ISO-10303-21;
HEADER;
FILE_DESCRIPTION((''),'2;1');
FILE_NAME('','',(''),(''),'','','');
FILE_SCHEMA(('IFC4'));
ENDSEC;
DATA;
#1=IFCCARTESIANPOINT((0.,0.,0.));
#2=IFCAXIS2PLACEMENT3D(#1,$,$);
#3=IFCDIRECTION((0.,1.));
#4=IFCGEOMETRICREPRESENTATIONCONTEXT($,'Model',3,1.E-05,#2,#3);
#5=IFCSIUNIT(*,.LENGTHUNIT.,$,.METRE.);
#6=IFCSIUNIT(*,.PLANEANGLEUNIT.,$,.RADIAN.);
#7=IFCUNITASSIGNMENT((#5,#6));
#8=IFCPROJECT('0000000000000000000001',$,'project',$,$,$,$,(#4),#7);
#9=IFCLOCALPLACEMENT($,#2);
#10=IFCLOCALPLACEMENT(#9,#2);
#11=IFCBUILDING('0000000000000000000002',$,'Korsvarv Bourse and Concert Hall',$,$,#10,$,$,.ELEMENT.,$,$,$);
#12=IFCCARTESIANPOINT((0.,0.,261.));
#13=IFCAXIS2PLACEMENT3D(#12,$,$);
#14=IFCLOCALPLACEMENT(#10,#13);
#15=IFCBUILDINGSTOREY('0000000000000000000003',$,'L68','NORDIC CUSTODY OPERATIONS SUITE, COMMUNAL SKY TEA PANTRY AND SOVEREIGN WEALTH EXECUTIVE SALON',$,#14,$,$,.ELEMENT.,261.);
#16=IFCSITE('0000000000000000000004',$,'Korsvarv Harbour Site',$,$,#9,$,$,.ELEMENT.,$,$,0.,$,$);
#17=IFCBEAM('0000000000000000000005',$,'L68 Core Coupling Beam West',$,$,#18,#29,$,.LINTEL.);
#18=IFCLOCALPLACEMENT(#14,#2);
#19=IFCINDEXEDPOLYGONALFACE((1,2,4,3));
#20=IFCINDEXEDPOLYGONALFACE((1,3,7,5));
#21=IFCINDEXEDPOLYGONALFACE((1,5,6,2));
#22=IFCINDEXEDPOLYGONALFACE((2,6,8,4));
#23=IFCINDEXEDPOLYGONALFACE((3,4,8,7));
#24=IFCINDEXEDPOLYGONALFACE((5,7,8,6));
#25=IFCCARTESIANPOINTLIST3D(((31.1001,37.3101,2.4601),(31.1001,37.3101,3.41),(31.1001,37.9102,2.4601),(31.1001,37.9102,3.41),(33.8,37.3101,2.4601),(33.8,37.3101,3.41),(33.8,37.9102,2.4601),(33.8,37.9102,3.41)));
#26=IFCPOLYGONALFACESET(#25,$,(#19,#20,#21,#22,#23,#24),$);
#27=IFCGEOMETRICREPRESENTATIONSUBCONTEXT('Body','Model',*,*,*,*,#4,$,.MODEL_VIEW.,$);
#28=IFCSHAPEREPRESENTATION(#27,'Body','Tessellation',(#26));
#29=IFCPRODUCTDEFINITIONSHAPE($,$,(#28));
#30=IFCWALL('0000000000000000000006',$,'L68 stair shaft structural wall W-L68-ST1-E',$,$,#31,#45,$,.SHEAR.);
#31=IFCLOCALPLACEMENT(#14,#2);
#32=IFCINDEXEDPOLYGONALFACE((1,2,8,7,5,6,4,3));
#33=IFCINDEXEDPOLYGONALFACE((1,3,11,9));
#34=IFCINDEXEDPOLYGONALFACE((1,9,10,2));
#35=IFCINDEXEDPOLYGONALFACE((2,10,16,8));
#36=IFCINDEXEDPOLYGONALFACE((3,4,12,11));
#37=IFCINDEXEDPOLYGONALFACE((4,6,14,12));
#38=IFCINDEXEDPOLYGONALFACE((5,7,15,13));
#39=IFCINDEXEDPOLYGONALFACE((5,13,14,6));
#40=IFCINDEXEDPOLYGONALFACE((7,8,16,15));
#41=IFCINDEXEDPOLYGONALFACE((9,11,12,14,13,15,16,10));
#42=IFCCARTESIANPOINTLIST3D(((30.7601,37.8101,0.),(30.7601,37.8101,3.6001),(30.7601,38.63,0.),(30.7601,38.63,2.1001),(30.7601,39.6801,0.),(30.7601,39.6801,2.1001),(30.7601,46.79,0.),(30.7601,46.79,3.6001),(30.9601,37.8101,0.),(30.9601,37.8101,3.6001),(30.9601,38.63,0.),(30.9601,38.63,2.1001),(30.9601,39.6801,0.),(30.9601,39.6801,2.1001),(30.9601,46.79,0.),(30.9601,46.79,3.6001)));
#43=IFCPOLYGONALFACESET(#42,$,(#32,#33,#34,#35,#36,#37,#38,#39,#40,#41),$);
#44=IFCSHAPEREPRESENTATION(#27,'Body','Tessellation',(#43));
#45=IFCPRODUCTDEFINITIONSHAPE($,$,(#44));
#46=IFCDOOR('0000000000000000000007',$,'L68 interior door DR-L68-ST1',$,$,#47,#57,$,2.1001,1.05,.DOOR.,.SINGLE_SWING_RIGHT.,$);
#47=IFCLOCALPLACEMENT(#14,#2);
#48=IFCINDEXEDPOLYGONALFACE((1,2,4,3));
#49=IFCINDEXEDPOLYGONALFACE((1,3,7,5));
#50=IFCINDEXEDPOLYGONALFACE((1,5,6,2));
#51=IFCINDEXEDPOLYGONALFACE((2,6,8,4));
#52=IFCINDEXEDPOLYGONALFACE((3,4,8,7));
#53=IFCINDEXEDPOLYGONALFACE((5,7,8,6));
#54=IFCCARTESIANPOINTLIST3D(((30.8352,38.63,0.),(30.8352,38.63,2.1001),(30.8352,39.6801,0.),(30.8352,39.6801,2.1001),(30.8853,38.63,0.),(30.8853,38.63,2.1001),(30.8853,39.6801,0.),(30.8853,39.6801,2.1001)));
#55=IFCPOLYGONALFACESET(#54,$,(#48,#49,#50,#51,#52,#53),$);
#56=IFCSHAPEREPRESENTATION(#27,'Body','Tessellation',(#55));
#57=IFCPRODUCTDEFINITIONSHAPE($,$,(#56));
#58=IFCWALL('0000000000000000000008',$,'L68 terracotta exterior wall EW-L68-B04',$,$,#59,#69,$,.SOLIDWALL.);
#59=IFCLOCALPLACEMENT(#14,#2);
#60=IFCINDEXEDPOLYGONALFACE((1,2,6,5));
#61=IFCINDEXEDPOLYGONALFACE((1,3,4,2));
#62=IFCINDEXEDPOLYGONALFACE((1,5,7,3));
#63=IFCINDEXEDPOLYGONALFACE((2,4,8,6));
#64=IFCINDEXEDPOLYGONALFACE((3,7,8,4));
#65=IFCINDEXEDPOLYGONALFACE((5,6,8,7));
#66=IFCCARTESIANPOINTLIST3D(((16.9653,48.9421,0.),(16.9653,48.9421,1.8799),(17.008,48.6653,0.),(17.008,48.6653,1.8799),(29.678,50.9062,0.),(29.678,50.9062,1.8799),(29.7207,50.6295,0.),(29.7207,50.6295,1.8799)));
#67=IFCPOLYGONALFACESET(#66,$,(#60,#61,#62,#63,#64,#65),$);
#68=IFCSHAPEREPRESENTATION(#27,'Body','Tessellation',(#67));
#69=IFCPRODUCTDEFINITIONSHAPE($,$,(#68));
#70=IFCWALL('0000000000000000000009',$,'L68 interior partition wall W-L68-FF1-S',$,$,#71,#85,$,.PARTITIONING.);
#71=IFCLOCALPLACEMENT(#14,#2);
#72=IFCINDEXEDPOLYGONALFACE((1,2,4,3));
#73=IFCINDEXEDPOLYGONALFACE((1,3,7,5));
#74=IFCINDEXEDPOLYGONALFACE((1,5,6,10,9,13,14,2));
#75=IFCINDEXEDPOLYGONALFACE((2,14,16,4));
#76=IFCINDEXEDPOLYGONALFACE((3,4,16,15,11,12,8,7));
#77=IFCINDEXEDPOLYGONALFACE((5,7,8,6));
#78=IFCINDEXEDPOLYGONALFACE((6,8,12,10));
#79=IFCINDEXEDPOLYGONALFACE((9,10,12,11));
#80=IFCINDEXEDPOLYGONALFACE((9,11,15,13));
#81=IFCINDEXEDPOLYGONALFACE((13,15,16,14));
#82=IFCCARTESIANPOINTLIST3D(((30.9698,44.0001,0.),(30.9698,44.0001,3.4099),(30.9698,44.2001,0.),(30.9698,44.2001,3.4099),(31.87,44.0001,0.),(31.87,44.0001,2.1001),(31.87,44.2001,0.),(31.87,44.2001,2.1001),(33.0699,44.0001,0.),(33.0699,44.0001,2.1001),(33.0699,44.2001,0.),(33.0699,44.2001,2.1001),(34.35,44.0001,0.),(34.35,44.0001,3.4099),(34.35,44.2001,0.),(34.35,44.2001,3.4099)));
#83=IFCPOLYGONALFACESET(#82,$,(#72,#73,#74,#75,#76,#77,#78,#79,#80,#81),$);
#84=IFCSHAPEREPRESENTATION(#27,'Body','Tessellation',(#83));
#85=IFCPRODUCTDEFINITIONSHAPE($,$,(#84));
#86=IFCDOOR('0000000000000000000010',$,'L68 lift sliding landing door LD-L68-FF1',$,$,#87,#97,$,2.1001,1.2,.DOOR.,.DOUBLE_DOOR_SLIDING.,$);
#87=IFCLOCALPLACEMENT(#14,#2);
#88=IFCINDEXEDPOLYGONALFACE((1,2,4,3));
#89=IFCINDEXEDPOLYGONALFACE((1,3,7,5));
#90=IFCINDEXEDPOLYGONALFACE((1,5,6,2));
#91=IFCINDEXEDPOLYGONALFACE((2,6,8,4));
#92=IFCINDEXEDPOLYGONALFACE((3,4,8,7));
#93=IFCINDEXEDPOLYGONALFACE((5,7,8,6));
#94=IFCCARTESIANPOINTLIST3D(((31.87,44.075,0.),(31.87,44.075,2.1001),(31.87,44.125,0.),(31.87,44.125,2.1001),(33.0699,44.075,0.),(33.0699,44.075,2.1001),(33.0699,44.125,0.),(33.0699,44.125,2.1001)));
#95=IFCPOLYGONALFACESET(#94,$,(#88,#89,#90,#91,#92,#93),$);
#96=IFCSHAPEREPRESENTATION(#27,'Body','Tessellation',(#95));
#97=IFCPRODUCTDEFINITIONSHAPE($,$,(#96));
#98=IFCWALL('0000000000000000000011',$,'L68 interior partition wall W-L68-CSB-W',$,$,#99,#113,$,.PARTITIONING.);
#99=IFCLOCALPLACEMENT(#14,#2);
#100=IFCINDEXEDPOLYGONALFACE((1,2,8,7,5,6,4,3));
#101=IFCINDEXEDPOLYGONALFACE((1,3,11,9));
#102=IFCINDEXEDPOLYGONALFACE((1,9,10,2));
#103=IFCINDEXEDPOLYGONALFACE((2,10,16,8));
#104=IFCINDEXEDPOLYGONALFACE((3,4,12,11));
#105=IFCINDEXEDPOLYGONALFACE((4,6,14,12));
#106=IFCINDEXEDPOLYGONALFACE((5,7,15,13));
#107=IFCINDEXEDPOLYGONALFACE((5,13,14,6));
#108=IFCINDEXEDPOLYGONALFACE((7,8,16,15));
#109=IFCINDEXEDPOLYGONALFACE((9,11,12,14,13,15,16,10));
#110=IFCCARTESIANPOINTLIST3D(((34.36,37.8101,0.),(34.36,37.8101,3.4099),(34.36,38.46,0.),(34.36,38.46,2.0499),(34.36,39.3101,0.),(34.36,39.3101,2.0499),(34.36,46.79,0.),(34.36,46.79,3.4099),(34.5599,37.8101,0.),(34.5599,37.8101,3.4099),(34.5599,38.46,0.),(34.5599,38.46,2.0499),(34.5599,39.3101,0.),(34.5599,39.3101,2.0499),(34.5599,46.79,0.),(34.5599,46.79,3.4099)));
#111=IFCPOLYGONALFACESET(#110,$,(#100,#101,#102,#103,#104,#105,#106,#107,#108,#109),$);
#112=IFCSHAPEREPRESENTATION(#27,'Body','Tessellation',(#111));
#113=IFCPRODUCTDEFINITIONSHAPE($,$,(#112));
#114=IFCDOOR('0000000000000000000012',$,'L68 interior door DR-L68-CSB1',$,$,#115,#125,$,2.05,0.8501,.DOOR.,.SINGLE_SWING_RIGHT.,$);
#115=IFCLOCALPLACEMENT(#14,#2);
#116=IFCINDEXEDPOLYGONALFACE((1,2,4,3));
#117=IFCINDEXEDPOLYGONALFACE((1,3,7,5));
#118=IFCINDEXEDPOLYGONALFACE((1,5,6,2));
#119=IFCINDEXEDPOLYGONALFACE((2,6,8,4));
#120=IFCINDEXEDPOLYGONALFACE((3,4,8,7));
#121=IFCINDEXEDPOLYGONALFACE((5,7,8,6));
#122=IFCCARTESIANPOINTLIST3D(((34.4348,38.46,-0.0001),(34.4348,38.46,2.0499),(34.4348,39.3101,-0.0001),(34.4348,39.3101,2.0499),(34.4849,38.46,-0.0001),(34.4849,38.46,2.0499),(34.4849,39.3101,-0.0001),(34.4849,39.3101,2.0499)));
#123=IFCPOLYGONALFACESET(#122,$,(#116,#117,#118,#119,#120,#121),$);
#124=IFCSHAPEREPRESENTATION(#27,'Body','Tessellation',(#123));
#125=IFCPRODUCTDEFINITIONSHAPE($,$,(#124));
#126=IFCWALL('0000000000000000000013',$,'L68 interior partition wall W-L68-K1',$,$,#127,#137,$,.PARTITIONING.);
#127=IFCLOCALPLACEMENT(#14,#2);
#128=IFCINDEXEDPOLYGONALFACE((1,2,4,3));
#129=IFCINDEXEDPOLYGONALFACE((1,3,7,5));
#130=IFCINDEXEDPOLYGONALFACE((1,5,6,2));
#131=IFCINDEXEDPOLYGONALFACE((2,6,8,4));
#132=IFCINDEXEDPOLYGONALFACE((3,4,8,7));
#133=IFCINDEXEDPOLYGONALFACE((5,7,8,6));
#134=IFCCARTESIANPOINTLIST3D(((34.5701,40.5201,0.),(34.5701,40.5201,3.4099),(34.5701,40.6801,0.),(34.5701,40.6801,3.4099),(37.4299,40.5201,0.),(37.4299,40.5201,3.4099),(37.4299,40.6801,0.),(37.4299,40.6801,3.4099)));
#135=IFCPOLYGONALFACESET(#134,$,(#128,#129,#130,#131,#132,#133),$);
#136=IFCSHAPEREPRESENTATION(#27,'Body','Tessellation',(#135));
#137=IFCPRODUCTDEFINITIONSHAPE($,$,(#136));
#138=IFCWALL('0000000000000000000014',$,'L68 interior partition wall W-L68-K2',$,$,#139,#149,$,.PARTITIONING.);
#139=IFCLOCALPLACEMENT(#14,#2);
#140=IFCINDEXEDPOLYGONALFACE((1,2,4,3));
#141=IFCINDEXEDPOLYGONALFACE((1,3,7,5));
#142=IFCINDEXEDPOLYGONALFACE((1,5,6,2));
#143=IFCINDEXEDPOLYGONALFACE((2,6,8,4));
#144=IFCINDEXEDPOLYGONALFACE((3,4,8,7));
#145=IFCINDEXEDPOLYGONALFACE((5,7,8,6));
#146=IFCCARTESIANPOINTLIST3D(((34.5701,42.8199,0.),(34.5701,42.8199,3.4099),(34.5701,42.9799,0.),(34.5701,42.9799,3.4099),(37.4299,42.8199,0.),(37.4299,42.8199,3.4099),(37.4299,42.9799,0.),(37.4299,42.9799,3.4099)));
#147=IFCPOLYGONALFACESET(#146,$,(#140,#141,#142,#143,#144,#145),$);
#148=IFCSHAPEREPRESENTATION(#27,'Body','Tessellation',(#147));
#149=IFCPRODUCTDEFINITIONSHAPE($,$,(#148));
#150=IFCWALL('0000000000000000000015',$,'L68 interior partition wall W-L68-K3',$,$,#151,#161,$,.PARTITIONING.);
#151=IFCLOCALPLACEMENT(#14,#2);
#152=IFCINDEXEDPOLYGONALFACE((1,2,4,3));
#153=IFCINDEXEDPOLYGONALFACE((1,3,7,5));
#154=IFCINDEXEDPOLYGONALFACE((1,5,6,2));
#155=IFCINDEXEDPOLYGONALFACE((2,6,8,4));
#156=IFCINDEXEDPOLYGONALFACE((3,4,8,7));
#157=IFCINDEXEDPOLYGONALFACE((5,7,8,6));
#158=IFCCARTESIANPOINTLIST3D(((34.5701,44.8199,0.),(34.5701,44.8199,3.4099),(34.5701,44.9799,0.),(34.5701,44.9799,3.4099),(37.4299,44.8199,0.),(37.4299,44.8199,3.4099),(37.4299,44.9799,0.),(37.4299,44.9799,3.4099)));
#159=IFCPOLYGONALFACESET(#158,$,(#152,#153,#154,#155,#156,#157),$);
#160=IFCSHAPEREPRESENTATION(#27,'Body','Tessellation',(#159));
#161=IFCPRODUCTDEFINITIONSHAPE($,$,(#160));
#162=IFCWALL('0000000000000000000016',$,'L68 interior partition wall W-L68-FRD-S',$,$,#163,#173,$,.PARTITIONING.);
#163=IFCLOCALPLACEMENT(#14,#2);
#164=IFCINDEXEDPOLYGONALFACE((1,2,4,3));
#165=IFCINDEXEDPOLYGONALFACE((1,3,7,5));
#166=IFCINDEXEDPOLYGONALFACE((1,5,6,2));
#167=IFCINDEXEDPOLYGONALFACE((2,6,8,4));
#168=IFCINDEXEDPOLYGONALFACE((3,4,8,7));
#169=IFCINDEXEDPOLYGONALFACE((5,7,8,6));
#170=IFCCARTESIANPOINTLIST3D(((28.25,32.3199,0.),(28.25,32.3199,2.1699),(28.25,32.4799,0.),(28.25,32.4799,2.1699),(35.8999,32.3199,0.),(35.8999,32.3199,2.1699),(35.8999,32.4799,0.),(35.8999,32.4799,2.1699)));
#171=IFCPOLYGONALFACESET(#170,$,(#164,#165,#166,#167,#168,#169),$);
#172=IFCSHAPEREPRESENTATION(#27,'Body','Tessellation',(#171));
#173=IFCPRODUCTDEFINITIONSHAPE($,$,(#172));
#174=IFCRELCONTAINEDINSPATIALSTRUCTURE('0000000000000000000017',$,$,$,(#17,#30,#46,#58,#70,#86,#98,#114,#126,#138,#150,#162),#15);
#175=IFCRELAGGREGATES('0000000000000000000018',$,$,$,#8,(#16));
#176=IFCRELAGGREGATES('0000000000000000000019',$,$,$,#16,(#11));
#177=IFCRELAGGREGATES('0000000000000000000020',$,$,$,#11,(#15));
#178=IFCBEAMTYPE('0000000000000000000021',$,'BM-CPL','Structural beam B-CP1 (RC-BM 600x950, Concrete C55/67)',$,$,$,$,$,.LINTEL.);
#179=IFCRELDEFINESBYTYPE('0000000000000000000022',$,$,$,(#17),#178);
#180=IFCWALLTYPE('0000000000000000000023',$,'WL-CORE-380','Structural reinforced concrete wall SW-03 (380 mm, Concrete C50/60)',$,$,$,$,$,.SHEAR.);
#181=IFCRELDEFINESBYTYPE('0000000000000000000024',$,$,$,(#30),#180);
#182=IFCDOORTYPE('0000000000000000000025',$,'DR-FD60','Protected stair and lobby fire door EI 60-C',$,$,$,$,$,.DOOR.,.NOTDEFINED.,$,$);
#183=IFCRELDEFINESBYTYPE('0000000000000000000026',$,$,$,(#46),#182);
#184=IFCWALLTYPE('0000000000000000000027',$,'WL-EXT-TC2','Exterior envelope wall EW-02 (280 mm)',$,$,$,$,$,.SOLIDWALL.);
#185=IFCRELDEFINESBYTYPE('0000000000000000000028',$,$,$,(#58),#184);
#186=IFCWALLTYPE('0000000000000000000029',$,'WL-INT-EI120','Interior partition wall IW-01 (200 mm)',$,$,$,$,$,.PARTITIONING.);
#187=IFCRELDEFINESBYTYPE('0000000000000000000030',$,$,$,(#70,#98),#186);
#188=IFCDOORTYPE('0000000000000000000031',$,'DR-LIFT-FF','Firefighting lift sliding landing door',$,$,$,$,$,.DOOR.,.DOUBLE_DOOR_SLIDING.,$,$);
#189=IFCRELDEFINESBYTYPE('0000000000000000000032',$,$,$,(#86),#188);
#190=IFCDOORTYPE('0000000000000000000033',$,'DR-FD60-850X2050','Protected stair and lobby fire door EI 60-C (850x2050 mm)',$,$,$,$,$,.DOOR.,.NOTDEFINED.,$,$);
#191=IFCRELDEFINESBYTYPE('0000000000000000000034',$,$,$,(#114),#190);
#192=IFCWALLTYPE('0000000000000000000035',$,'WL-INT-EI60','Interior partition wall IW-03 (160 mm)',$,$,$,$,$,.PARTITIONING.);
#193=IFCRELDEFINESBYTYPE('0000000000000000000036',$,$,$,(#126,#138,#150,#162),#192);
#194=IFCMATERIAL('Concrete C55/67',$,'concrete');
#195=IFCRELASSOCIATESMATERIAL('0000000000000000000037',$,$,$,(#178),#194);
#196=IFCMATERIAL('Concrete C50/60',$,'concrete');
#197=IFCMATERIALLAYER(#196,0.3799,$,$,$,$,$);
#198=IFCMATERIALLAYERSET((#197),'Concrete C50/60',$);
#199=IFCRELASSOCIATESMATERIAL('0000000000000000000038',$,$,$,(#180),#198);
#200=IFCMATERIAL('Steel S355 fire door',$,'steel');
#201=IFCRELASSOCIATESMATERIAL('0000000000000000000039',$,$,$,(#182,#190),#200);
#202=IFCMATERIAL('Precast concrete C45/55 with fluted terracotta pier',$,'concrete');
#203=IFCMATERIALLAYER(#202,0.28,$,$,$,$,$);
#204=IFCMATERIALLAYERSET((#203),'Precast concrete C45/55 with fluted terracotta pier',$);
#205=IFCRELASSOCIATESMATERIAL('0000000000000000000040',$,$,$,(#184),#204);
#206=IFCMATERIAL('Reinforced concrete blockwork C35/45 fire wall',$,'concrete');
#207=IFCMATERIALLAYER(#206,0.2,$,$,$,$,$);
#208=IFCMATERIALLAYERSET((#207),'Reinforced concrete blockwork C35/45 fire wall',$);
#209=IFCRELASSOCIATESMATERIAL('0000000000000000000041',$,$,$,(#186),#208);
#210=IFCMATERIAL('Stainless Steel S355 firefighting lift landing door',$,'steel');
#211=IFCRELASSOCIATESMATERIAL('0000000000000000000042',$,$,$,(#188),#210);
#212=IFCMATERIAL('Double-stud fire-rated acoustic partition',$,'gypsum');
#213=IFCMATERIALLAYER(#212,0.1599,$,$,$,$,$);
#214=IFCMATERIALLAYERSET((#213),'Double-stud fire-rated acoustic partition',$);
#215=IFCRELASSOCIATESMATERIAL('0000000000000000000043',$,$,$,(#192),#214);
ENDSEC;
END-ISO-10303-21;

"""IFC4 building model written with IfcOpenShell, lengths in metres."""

from ifc_helpers import new_model, si_unit, direction, frame, frame_2d, origin, origin_2d, place, context, subcontext, project, spatial, rectangle, extrude, source, transform, mapped, material, layer, layer_set, material_profile, profile_set, type_object, element, fill, save


model = new_model("IFC4")

# Units and contexts
model_context = context("Model", 3, precision=1e-05, world=origin(), true_north=direction((0.0, 1.0)))
body_context = subcontext(model_context, "Body", "Model", "MODEL_VIEW")
ifc_project = project(units=[si_unit("LENGTHUNIT", "METRE"), si_unit("PLANEANGLEUNIT", "RADIAN")], contexts=[model_context])

# Site, building, storey
site_placement = place(None, origin())
site = spatial("IfcSite", under=ifc_project, at=site_placement, Name="Korsvarv Harbour Site", CompositionType="ELEMENT", RefElevation=0.0)
building_placement = place(site_placement, origin())
building = spatial("IfcBuilding", under=site, at=building_placement, Name="Korsvarv Bourse and Concert Hall", CompositionType="ELEMENT")
storey_placement = place(building_placement, frame((0.0, 0.0, 261.0)))
storey = spatial("IfcBuildingStorey", under=building, at=storey_placement, Name="L68", Description="NORDIC CUSTODY OPERATIONS SUITE, COMMUNAL SKY TEA PANTRY AND SOVEREIGN WEALTH EXECUTIVE SALON", CompositionType="ELEMENT", Elevation=261.0)

# Beam
ifc_material_1 = material(Name="Concrete C55/67", Category="concrete")
ifc_material_profile = material_profile(ifc_material_1, rectangle(XDim=0.6001, YDim=0.95, at=origin_2d()), Name="RC-BM 600x950")
ifc_profile_set = profile_set([ifc_material_profile], Name="Concrete C55/67")
beam_type = type_object("IfcBeamType", Name="BM-CPL", Description="Structural beam B-CP1 (RC-BM 600x950, Concrete C55/67)", PredefinedType="LINTEL", material=ifc_profile_set)
shared_shape = source(origin(), body_context, "Body", "SweptSolid", [
    extrude(rectangle(XDim=0.6001, YDim=0.95, at=origin_2d()), origin(), (0.0, 0.0, 1.0), 2.7),
])
beam_placement = place(storey_placement, frame((31.1001, 37.6101, 2.9351), z_axis=(1.0, 0.0, 0.0), x_axis=(0.0, 1.0, 0.0)))
element("IfcBeam", 1, at=beam_placement, inside=storey, type_object=beam_type, Name="L68 Core Coupling Beam West", PredefinedType="LINTEL", context=body_context, shape_type="MappedRepresentation", body=[
    mapped(shared_shape, transform((0.0, 0.0, 0.0), scale=1.0)),
])

# Wall, opening, door
ifc_material_2 = material(Name="Concrete C50/60", Category="concrete")
ifc_layer_1 = layer(ifc_material_2, 0.3799)
ifc_layer_set_1 = layer_set([ifc_layer_1], Name="Concrete C50/60")
wall_type_1 = type_object("IfcWallType", Name="WL-CORE-380", Description="Structural reinforced concrete wall SW-03 (380 mm, Concrete C50/60)", PredefinedType="SHEAR", material=ifc_layer_set_1)
wall_1_placement = place(storey_placement, frame((30.8601, 37.8101, 0.0), z_axis=(0.0, 0.0, 1.0), x_axis=(0.0, 1.0, 0.0)))
wall_1 = element("IfcWall", 2, at=wall_1_placement, inside=storey, type_object=wall_type_1, Name="L68 stair shaft structural wall W-L68-ST1-E", PredefinedType="SHEAR", context=body_context, shape_type="SweptSolid", body=[
    extrude(rectangle(XDim=8.98, YDim=0.2, at=frame_2d((4.49, 0.0))), origin(), (0.0, 0.0, 1.0), 3.6001),
])
opening_1_placement = place(wall_1_placement, frame((0.8201, 0.0, 0.0)))
opening_1 = element("IfcOpeningElement", 3, at=opening_1_placement, cuts=wall_1, PredefinedType="OPENING", context=body_context, shape_type="SweptSolid", body=[
    extrude(rectangle(XDim=1.05, YDim=2.1001, at=frame_2d((0.5249, 1.05))), frame((0.0, 0.1099, 0.0), z_axis=(0.0, -1.0, 0.0), x_axis=(1.0, 0.0, 0.0)), (0.0, 0.0, 1.0), 0.22),
])
ifc_material_3 = material(Name="Steel S355 fire door", Category="steel")
door_type_1 = type_object("IfcDoorType", Name="DR-FD60", Description="Protected stair and lobby fire door EI 60-C", OperationType="NOTDEFINED", PredefinedType="DOOR", material=ifc_material_3)
door_1_placement = place(opening_1_placement, origin())
door_1 = element("IfcDoor", 4, at=door_1_placement, inside=storey, type_object=door_type_1, Name="L68 interior door DR-L68-ST1", OperationType="SINGLE_SWING_RIGHT", OverallHeight=2.1001, OverallWidth=1.05, PredefinedType="DOOR", context=body_context, shape_type="SweptSolid", body=[
    extrude(rectangle(XDim=1.05, YDim=2.1001, at=frame_2d((0.5249, 1.05))), frame((0.0, 0.0249, 0.0), z_axis=(0.0, -1.0, 0.0), x_axis=(1.0, 0.0, 0.0)), (0.0, 0.0, 1.0), 0.05),
])
fill(opening_1, door_1)

# Wall
ifc_material_4 = material(Name="Precast concrete C45/55 with fluted terracotta pier", Category="concrete")
ifc_layer_2 = layer(ifc_material_4, 0.28)
ifc_layer_set_2 = layer_set([ifc_layer_2], Name="Precast concrete C45/55 with fluted terracotta pier")
wall_type_2 = type_object("IfcWallType", Name="WL-EXT-TC2", Description="Exterior envelope wall EW-02 (280 mm)", PredefinedType="SOLIDWALL", material=ifc_layer_set_2)
wall_2_placement = place(storey_placement, frame((29.6992, 50.7678, 0.0), z_axis=(0.0, 0.0, 1.0), x_axis=(-0.988274, -0.152689, 0.0)))
element("IfcWall", 5, at=wall_2_placement, inside=storey, type_object=wall_type_2, Name="L68 terracotta exterior wall EW-L68-B04", PredefinedType="SOLIDWALL", context=body_context, shape_type="SweptSolid", body=[
    extrude(rectangle(XDim=12.8635, YDim=0.28, at=frame_2d((6.4316, 0.0))), origin(), (0.0, 0.0, 1.0), 1.8799),
])

# Walls, openings, doors
ifc_material_5 = material(Name="Reinforced concrete blockwork C35/45 fire wall", Category="concrete")
ifc_layer_3 = layer(ifc_material_5, 0.2)
ifc_layer_set_3 = layer_set([ifc_layer_3], Name="Reinforced concrete blockwork C35/45 fire wall")
wall_type_3 = type_object("IfcWallType", Name="WL-INT-EI120", Description="Interior partition wall IW-01 (200 mm)", PredefinedType="PARTITIONING", material=ifc_layer_set_3)
wall_3_placement = place(storey_placement, frame((30.97, 44.1001, 0.0), z_axis=(0.0, 0.0, 1.0), x_axis=(1.0, 0.0, 0.0)))
wall_3 = element("IfcWall", 6, at=wall_3_placement, inside=storey, type_object=wall_type_3, Name="L68 interior partition wall W-L68-FF1-S", PredefinedType="PARTITIONING", context=body_context, shape_type="SweptSolid", body=[
    extrude(rectangle(XDim=3.3801, YDim=0.2, at=frame_2d((1.6899, 0.0))), origin(), (0.0, 0.0, 1.0), 3.4099),
])
opening_2_placement = place(wall_3_placement, frame((0.8999, 0.0, 0.0)))
opening_2 = element("IfcOpeningElement", 7, at=opening_2_placement, cuts=wall_3, PredefinedType="OPENING", context=body_context, shape_type="SweptSolid", body=[
    extrude(rectangle(XDim=1.2, YDim=2.1001, at=frame_2d((0.6001, 1.05))), frame((0.0, 0.1099, 0.0), z_axis=(0.0, -1.0, 0.0), x_axis=(1.0, 0.0, 0.0)), (0.0, 0.0, 1.0), 0.22),
])
ifc_material_6 = material(Name="Stainless Steel S355 firefighting lift landing door", Category="steel")
door_type_2 = type_object("IfcDoorType", Name="DR-LIFT-FF", Description="Firefighting lift sliding landing door", OperationType="DOUBLE_DOOR_SLIDING", PredefinedType="DOOR", material=ifc_material_6)
door_2_placement = place(opening_2_placement, origin())
door_2 = element("IfcDoor", 8, at=door_2_placement, inside=storey, type_object=door_type_2, Name="L68 lift sliding landing door LD-L68-FF1", OperationType="DOUBLE_DOOR_SLIDING", OverallHeight=2.1001, OverallWidth=1.2, PredefinedType="DOOR", context=body_context, shape_type="SweptSolid", body=[
    extrude(rectangle(XDim=1.2, YDim=2.1001, at=frame_2d((0.6001, 1.05))), frame((0.0, 0.0249, 0.0), z_axis=(0.0, -1.0, 0.0), x_axis=(1.0, 0.0, 0.0)), (0.0, 0.0, 1.0), 0.05),
])
fill(opening_2, door_2)
wall_4_placement = place(storey_placement, frame((34.46, 37.8101, 0.0), z_axis=(0.0, 0.0, 1.0), x_axis=(0.0, 1.0, 0.0)))
wall_4 = element("IfcWall", 9, at=wall_4_placement, inside=storey, type_object=wall_type_3, Name="L68 interior partition wall W-L68-CSB-W", PredefinedType="PARTITIONING", context=body_context, shape_type="SweptSolid", body=[
    extrude(rectangle(XDim=8.98, YDim=0.2, at=frame_2d((4.49, 0.0))), origin(), (0.0, 0.0, 1.0), 3.4099),
])
opening_3_placement = place(wall_4_placement, frame((0.6499, 0.0, 0.0)))
opening_3 = element("IfcOpeningElement", 10, at=opening_3_placement, cuts=wall_4, PredefinedType="OPENING", context=body_context, shape_type="SweptSolid", body=[
    extrude(rectangle(XDim=0.8501, YDim=2.05, at=frame_2d((0.425, 1.0249))), frame((0.0, 0.1099, 0.0), z_axis=(0.0, -1.0, 0.0), x_axis=(1.0, 0.0, 0.0)), (0.0, 0.0, 1.0), 0.22),
])
door_type_3 = type_object("IfcDoorType", Name="DR-FD60-850X2050", Description="Protected stair and lobby fire door EI 60-C (850x2050 mm)", OperationType="NOTDEFINED", PredefinedType="DOOR", material=ifc_material_3)
door_3_placement = place(opening_3_placement, frame((0.8501, 0.0, 0.0), z_axis=(0.0, 0.0, 1.0), x_axis=(-1.0, 0.0, 0.0)))
door_3 = element("IfcDoor", 11, at=door_3_placement, inside=storey, type_object=door_type_3, Name="L68 interior door DR-L68-CSB1", OperationType="SINGLE_SWING_RIGHT", OverallHeight=2.05, OverallWidth=0.8501, PredefinedType="DOOR", context=body_context, shape_type="SweptSolid", body=[
    extrude(rectangle(XDim=0.8501, YDim=2.05, at=frame_2d((0.425, 1.0249))), frame((0.0, 0.0249, 0.0), z_axis=(0.0, -1.0, 0.0), x_axis=(1.0, 0.0, 0.0)), (0.0, 0.0, 1.0), 0.05),
])
fill(opening_3, door_3)

# Walls
ifc_material_7 = material(Name="Double-stud fire-rated acoustic partition", Category="gypsum")
ifc_layer_4 = layer(ifc_material_7, 0.1599)
ifc_layer_set_4 = layer_set([ifc_layer_4], Name="Double-stud fire-rated acoustic partition")
wall_type_4 = type_object("IfcWallType", Name="WL-INT-EI60", Description="Interior partition wall IW-03 (160 mm)", PredefinedType="PARTITIONING", material=ifc_layer_set_4)
for number, where, z_axis, x_axis, name in (
    (12, (34.5701, 40.6001, 0.0), (0.0, 0.0, 1.0), (1.0, 0.0, 0.0), "L68 interior partition wall W-L68-K1"),
    (13, (34.5701, 42.8999, 0.0), (0.0, 0.0, 1.0), (1.0, 0.0, 0.0), "L68 interior partition wall W-L68-K2"),
    (14, (34.5701, 44.8999, 0.0), (0.0, 0.0, 1.0), (1.0, 0.0, 0.0), "L68 interior partition wall W-L68-K3"),
):
    element("IfcWall", number, at=place(storey_placement, frame(where, z_axis=z_axis, x_axis=x_axis)), inside=storey, type_object=wall_type_4, Name=name, PredefinedType="PARTITIONING", context=body_context, shape_type="SweptSolid", body=[
        extrude(rectangle(XDim=2.8599, YDim=0.1599, at=frame_2d((1.4299, 0.0))), origin(), (0.0, 0.0, 1.0), 3.4099),
    ])
wall_5_placement = place(storey_placement, frame((28.25, 32.3999, 0.0), z_axis=(0.0, 0.0, 1.0), x_axis=(1.0, 0.0, 0.0)))
element("IfcWall", 15, at=wall_5_placement, inside=storey, type_object=wall_type_4, Name="L68 interior partition wall W-L68-FRD-S", PredefinedType="PARTITIONING", context=body_context, shape_type="SweptSolid", body=[
    extrude(rectangle(XDim=7.6499, YDim=0.1599, at=frame_2d((3.825, 0.0))), origin(), (0.0, 0.0, 1.0), 2.1699),
])

save(model, "model.ifc")
